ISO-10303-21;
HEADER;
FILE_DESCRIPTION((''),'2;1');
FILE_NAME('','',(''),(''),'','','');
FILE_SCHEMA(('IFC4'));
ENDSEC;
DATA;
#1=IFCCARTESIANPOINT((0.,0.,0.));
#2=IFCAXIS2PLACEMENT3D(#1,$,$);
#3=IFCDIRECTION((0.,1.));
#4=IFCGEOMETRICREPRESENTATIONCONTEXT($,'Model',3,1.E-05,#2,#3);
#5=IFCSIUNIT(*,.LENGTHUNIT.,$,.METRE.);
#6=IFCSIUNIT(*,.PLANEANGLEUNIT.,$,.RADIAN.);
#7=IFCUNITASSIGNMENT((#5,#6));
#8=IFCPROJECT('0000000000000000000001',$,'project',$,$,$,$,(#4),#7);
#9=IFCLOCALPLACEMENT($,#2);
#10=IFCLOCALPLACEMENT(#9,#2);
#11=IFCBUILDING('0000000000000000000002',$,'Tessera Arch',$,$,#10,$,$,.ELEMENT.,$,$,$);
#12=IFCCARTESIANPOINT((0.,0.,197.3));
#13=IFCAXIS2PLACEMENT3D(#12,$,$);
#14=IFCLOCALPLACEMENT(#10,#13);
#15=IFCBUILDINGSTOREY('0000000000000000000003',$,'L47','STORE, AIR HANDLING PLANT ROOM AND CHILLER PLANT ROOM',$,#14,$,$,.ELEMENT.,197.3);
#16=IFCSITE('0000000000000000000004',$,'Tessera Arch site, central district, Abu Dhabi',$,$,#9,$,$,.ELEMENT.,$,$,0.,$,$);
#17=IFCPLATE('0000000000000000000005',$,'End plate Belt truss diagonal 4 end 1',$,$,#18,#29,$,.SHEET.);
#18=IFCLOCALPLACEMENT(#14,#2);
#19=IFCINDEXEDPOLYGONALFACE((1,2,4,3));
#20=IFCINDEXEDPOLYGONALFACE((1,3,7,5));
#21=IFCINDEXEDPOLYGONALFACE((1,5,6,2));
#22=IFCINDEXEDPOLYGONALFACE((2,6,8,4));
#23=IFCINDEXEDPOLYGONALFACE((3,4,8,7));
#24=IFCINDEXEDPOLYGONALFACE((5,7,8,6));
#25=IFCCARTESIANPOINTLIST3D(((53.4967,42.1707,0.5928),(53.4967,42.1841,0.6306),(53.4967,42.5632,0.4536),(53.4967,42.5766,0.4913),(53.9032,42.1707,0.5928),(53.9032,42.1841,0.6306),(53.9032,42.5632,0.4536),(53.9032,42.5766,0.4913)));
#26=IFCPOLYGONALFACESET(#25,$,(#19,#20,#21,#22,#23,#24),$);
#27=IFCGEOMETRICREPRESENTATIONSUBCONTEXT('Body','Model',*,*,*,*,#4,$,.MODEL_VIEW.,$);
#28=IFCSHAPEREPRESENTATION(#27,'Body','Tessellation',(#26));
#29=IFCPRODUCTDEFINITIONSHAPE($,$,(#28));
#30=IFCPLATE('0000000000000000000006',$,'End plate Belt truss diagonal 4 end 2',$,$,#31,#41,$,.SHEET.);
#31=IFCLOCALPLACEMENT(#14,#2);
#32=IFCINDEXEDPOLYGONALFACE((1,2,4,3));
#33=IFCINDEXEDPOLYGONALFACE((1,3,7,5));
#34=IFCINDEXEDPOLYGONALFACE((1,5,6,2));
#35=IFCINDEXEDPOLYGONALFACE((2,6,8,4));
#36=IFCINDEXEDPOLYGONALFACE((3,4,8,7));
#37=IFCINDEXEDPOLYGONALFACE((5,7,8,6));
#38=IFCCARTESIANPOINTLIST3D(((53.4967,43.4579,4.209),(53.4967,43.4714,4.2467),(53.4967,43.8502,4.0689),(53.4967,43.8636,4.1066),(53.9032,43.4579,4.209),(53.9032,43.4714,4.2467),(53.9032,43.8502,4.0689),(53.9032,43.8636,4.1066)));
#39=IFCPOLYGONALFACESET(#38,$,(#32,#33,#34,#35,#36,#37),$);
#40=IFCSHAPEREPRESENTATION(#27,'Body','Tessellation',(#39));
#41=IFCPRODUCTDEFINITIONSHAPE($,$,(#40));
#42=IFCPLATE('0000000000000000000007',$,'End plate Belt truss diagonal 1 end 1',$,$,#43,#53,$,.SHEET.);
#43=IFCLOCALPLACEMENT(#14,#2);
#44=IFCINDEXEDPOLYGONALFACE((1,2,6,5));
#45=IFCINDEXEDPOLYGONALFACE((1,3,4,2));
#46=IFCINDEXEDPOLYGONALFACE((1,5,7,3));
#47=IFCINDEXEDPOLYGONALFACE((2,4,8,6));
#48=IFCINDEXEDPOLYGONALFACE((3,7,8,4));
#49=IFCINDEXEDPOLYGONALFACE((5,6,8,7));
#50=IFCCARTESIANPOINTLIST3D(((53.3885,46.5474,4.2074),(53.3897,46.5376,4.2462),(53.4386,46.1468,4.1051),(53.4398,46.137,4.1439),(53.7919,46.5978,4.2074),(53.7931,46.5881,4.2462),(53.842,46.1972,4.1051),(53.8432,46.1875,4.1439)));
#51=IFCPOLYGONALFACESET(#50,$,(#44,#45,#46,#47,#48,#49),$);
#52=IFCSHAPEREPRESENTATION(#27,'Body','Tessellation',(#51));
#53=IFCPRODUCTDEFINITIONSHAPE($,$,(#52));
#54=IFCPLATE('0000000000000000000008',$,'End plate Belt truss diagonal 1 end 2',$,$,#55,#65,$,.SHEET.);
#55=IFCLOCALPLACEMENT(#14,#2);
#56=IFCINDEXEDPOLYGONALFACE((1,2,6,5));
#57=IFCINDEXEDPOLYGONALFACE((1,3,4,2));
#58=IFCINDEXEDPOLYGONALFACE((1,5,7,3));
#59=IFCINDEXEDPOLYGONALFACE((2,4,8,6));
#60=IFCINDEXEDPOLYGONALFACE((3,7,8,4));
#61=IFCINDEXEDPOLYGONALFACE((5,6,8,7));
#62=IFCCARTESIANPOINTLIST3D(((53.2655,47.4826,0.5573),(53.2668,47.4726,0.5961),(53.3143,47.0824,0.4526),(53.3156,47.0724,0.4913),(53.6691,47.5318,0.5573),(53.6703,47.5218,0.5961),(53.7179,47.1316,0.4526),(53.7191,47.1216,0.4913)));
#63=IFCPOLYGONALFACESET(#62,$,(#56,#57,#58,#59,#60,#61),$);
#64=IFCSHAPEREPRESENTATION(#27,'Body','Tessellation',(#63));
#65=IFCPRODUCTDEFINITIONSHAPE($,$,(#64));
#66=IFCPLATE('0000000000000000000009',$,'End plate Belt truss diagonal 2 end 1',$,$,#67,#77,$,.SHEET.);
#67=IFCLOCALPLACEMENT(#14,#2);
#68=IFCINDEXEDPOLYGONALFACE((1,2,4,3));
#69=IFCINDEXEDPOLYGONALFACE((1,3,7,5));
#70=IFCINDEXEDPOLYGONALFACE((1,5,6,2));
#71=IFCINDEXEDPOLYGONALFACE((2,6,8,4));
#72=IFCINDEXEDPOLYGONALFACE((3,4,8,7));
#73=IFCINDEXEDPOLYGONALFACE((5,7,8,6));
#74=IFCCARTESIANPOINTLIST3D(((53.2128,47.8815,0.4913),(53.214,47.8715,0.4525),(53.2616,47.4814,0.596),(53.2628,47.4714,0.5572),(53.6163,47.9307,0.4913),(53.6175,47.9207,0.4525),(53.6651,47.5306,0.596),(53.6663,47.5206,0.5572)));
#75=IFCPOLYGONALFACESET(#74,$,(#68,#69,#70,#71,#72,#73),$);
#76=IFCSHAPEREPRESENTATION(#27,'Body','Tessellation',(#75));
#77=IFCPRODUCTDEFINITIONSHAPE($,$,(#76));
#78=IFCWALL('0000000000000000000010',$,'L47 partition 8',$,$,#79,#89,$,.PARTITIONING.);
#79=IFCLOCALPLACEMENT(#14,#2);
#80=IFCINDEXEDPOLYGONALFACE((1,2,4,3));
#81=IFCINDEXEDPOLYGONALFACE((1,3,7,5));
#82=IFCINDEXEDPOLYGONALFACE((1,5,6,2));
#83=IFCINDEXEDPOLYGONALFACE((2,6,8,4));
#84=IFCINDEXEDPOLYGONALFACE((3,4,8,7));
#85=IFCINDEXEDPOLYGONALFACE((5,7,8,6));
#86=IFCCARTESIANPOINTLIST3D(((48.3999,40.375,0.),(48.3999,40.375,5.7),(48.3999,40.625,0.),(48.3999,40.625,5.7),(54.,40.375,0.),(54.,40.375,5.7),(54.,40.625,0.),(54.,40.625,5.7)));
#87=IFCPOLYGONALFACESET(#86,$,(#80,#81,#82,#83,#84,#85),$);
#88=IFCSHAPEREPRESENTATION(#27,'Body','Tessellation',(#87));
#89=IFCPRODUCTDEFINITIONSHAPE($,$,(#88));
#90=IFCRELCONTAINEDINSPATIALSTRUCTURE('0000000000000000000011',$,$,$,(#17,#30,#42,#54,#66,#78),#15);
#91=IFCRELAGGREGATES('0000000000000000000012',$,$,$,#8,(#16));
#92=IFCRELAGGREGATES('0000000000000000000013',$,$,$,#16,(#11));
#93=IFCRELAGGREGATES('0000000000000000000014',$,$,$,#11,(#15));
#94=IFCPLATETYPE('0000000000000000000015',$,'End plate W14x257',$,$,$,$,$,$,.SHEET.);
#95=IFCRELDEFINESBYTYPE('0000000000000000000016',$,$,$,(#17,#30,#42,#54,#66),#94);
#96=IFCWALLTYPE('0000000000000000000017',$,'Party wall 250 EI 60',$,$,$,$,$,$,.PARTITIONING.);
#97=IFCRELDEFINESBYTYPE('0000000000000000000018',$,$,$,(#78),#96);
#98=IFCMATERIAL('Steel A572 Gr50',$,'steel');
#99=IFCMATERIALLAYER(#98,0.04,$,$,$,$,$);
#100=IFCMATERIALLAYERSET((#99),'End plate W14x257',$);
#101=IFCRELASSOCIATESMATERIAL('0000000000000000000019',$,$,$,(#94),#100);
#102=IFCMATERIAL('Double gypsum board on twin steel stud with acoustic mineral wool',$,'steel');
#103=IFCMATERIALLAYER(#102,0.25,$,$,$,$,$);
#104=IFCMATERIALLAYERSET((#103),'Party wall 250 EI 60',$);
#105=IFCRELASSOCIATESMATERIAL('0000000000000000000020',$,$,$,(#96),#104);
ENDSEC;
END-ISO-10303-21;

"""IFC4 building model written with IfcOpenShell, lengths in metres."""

from ifc_helpers import new_model, si_unit, direction, frame, frame_2d, origin, origin_2d, place, context, subcontext, project, spatial, rectangle, extrude, material, layer, layer_set, type_object, element, save


model = new_model("IFC4")

# Units and contexts
model_context = context("Model", 3, precision=1e-05, world=origin(), true_north=direction((0.0, 1.0)))
body_context = subcontext(model_context, "Body", "Model", "MODEL_VIEW")
ifc_project = project(units=[si_unit("LENGTHUNIT", "METRE"), si_unit("PLANEANGLEUNIT", "RADIAN")], contexts=[model_context])

# Site, building, storey
site_placement = place(None, origin())
site = spatial("IfcSite", under=ifc_project, at=site_placement, Name="Tessera Arch site, central district, Abu Dhabi", CompositionType="ELEMENT", RefElevation=0.0)
building_placement = place(site_placement, origin())
building = spatial("IfcBuilding", under=site, at=building_placement, Name="Tessera Arch", CompositionType="ELEMENT")
storey_placement = place(building_placement, frame((0.0, 0.0, 197.3)))
storey = spatial("IfcBuildingStorey", under=building, at=storey_placement, Name="L47", Description="STORE, AIR HANDLING PLANT ROOM AND CHILLER PLANT ROOM", CompositionType="ELEMENT", Elevation=197.3)

# Plates
ifc_material_1 = material(Name="Steel A572 Gr50", Category="steel")
ifc_layer_1 = layer(ifc_material_1, 0.04)
ifc_layer_set_1 = layer_set([ifc_layer_1], Name="End plate W14x257")
plate_type_1 = type_object("IfcPlateType", Name="End plate W14x257", PredefinedType="SHEET", material=ifc_layer_set_1)
for number, where, z_axis, x_axis, name in (
    (1, (53.7, 42.3669, 0.5232), (0.0, 0.33441, 0.942428), (-1.0, 0.0, 0.0), "End plate Belt truss diagonal 4 end 1"),
    (2, (53.7, 43.6541, 4.1389), (0.0, 0.336336, 0.941742), (-1.0, 0.0, 0.0), "End plate Belt truss diagonal 4 end 2"),
    (3, (53.6165, 46.3625, 4.1951), (-0.030482, 0.243857, -0.969332), (-0.992278, -0.124035, 0.0), "End plate Belt truss diagonal 1 end 1"),
    (4, (53.4929, 47.2971, 0.5437), (-0.030436, 0.249578, -0.967876), (-0.992646, -0.121054, 0.0), "End plate Belt truss diagonal 1 end 2"),
    (5, (53.4402, 47.696, 0.5049), (-0.030436, 0.249578, 0.967876), (-0.992646, -0.121054, 0.0), "End plate Belt truss diagonal 2 end 1"),
):
    element("IfcPlate", number, at=place(storey_placement, frame(where, z_axis=z_axis, x_axis=x_axis)), inside=storey, type_object=plate_type_1, Name=name, PredefinedType="SHEET", context=body_context, shape_type="SweptSolid", body=[
        extrude(rectangle(XDim=0.4065, YDim=0.4165, at=origin_2d()), origin(), (0.0, 0.0, 1.0), 0.04),
    ])

# Wall
ifc_material_2 = material(Name="Double gypsum board on twin steel stud with acoustic mineral wool", Category="steel")
ifc_layer_2 = layer(ifc_material_2, 0.25)
ifc_layer_set_2 = layer_set([ifc_layer_2], Name="Party wall 250 EI 60")
wall_type = type_object("IfcWallType", Name="Party wall 250 EI 60", PredefinedType="PARTITIONING", material=ifc_layer_set_2)
wall_placement = place(storey_placement, frame((48.3999, 40.5, 0.0), z_axis=(0.0, 0.0, 1.0), x_axis=(1.0, 0.0, 0.0)))
element("IfcWall", 6, at=wall_placement, inside=storey, type_object=wall_type, Name="L47 partition 8", PredefinedType="PARTITIONING", context=body_context, shape_type="SweptSolid", body=[
    extrude(rectangle(XDim=5.6001, YDim=0.25, at=frame_2d((2.8, 0.0))), origin(), (0.0, 0.0, 1.0), 5.7),
])

save(model, "model.ifc")
